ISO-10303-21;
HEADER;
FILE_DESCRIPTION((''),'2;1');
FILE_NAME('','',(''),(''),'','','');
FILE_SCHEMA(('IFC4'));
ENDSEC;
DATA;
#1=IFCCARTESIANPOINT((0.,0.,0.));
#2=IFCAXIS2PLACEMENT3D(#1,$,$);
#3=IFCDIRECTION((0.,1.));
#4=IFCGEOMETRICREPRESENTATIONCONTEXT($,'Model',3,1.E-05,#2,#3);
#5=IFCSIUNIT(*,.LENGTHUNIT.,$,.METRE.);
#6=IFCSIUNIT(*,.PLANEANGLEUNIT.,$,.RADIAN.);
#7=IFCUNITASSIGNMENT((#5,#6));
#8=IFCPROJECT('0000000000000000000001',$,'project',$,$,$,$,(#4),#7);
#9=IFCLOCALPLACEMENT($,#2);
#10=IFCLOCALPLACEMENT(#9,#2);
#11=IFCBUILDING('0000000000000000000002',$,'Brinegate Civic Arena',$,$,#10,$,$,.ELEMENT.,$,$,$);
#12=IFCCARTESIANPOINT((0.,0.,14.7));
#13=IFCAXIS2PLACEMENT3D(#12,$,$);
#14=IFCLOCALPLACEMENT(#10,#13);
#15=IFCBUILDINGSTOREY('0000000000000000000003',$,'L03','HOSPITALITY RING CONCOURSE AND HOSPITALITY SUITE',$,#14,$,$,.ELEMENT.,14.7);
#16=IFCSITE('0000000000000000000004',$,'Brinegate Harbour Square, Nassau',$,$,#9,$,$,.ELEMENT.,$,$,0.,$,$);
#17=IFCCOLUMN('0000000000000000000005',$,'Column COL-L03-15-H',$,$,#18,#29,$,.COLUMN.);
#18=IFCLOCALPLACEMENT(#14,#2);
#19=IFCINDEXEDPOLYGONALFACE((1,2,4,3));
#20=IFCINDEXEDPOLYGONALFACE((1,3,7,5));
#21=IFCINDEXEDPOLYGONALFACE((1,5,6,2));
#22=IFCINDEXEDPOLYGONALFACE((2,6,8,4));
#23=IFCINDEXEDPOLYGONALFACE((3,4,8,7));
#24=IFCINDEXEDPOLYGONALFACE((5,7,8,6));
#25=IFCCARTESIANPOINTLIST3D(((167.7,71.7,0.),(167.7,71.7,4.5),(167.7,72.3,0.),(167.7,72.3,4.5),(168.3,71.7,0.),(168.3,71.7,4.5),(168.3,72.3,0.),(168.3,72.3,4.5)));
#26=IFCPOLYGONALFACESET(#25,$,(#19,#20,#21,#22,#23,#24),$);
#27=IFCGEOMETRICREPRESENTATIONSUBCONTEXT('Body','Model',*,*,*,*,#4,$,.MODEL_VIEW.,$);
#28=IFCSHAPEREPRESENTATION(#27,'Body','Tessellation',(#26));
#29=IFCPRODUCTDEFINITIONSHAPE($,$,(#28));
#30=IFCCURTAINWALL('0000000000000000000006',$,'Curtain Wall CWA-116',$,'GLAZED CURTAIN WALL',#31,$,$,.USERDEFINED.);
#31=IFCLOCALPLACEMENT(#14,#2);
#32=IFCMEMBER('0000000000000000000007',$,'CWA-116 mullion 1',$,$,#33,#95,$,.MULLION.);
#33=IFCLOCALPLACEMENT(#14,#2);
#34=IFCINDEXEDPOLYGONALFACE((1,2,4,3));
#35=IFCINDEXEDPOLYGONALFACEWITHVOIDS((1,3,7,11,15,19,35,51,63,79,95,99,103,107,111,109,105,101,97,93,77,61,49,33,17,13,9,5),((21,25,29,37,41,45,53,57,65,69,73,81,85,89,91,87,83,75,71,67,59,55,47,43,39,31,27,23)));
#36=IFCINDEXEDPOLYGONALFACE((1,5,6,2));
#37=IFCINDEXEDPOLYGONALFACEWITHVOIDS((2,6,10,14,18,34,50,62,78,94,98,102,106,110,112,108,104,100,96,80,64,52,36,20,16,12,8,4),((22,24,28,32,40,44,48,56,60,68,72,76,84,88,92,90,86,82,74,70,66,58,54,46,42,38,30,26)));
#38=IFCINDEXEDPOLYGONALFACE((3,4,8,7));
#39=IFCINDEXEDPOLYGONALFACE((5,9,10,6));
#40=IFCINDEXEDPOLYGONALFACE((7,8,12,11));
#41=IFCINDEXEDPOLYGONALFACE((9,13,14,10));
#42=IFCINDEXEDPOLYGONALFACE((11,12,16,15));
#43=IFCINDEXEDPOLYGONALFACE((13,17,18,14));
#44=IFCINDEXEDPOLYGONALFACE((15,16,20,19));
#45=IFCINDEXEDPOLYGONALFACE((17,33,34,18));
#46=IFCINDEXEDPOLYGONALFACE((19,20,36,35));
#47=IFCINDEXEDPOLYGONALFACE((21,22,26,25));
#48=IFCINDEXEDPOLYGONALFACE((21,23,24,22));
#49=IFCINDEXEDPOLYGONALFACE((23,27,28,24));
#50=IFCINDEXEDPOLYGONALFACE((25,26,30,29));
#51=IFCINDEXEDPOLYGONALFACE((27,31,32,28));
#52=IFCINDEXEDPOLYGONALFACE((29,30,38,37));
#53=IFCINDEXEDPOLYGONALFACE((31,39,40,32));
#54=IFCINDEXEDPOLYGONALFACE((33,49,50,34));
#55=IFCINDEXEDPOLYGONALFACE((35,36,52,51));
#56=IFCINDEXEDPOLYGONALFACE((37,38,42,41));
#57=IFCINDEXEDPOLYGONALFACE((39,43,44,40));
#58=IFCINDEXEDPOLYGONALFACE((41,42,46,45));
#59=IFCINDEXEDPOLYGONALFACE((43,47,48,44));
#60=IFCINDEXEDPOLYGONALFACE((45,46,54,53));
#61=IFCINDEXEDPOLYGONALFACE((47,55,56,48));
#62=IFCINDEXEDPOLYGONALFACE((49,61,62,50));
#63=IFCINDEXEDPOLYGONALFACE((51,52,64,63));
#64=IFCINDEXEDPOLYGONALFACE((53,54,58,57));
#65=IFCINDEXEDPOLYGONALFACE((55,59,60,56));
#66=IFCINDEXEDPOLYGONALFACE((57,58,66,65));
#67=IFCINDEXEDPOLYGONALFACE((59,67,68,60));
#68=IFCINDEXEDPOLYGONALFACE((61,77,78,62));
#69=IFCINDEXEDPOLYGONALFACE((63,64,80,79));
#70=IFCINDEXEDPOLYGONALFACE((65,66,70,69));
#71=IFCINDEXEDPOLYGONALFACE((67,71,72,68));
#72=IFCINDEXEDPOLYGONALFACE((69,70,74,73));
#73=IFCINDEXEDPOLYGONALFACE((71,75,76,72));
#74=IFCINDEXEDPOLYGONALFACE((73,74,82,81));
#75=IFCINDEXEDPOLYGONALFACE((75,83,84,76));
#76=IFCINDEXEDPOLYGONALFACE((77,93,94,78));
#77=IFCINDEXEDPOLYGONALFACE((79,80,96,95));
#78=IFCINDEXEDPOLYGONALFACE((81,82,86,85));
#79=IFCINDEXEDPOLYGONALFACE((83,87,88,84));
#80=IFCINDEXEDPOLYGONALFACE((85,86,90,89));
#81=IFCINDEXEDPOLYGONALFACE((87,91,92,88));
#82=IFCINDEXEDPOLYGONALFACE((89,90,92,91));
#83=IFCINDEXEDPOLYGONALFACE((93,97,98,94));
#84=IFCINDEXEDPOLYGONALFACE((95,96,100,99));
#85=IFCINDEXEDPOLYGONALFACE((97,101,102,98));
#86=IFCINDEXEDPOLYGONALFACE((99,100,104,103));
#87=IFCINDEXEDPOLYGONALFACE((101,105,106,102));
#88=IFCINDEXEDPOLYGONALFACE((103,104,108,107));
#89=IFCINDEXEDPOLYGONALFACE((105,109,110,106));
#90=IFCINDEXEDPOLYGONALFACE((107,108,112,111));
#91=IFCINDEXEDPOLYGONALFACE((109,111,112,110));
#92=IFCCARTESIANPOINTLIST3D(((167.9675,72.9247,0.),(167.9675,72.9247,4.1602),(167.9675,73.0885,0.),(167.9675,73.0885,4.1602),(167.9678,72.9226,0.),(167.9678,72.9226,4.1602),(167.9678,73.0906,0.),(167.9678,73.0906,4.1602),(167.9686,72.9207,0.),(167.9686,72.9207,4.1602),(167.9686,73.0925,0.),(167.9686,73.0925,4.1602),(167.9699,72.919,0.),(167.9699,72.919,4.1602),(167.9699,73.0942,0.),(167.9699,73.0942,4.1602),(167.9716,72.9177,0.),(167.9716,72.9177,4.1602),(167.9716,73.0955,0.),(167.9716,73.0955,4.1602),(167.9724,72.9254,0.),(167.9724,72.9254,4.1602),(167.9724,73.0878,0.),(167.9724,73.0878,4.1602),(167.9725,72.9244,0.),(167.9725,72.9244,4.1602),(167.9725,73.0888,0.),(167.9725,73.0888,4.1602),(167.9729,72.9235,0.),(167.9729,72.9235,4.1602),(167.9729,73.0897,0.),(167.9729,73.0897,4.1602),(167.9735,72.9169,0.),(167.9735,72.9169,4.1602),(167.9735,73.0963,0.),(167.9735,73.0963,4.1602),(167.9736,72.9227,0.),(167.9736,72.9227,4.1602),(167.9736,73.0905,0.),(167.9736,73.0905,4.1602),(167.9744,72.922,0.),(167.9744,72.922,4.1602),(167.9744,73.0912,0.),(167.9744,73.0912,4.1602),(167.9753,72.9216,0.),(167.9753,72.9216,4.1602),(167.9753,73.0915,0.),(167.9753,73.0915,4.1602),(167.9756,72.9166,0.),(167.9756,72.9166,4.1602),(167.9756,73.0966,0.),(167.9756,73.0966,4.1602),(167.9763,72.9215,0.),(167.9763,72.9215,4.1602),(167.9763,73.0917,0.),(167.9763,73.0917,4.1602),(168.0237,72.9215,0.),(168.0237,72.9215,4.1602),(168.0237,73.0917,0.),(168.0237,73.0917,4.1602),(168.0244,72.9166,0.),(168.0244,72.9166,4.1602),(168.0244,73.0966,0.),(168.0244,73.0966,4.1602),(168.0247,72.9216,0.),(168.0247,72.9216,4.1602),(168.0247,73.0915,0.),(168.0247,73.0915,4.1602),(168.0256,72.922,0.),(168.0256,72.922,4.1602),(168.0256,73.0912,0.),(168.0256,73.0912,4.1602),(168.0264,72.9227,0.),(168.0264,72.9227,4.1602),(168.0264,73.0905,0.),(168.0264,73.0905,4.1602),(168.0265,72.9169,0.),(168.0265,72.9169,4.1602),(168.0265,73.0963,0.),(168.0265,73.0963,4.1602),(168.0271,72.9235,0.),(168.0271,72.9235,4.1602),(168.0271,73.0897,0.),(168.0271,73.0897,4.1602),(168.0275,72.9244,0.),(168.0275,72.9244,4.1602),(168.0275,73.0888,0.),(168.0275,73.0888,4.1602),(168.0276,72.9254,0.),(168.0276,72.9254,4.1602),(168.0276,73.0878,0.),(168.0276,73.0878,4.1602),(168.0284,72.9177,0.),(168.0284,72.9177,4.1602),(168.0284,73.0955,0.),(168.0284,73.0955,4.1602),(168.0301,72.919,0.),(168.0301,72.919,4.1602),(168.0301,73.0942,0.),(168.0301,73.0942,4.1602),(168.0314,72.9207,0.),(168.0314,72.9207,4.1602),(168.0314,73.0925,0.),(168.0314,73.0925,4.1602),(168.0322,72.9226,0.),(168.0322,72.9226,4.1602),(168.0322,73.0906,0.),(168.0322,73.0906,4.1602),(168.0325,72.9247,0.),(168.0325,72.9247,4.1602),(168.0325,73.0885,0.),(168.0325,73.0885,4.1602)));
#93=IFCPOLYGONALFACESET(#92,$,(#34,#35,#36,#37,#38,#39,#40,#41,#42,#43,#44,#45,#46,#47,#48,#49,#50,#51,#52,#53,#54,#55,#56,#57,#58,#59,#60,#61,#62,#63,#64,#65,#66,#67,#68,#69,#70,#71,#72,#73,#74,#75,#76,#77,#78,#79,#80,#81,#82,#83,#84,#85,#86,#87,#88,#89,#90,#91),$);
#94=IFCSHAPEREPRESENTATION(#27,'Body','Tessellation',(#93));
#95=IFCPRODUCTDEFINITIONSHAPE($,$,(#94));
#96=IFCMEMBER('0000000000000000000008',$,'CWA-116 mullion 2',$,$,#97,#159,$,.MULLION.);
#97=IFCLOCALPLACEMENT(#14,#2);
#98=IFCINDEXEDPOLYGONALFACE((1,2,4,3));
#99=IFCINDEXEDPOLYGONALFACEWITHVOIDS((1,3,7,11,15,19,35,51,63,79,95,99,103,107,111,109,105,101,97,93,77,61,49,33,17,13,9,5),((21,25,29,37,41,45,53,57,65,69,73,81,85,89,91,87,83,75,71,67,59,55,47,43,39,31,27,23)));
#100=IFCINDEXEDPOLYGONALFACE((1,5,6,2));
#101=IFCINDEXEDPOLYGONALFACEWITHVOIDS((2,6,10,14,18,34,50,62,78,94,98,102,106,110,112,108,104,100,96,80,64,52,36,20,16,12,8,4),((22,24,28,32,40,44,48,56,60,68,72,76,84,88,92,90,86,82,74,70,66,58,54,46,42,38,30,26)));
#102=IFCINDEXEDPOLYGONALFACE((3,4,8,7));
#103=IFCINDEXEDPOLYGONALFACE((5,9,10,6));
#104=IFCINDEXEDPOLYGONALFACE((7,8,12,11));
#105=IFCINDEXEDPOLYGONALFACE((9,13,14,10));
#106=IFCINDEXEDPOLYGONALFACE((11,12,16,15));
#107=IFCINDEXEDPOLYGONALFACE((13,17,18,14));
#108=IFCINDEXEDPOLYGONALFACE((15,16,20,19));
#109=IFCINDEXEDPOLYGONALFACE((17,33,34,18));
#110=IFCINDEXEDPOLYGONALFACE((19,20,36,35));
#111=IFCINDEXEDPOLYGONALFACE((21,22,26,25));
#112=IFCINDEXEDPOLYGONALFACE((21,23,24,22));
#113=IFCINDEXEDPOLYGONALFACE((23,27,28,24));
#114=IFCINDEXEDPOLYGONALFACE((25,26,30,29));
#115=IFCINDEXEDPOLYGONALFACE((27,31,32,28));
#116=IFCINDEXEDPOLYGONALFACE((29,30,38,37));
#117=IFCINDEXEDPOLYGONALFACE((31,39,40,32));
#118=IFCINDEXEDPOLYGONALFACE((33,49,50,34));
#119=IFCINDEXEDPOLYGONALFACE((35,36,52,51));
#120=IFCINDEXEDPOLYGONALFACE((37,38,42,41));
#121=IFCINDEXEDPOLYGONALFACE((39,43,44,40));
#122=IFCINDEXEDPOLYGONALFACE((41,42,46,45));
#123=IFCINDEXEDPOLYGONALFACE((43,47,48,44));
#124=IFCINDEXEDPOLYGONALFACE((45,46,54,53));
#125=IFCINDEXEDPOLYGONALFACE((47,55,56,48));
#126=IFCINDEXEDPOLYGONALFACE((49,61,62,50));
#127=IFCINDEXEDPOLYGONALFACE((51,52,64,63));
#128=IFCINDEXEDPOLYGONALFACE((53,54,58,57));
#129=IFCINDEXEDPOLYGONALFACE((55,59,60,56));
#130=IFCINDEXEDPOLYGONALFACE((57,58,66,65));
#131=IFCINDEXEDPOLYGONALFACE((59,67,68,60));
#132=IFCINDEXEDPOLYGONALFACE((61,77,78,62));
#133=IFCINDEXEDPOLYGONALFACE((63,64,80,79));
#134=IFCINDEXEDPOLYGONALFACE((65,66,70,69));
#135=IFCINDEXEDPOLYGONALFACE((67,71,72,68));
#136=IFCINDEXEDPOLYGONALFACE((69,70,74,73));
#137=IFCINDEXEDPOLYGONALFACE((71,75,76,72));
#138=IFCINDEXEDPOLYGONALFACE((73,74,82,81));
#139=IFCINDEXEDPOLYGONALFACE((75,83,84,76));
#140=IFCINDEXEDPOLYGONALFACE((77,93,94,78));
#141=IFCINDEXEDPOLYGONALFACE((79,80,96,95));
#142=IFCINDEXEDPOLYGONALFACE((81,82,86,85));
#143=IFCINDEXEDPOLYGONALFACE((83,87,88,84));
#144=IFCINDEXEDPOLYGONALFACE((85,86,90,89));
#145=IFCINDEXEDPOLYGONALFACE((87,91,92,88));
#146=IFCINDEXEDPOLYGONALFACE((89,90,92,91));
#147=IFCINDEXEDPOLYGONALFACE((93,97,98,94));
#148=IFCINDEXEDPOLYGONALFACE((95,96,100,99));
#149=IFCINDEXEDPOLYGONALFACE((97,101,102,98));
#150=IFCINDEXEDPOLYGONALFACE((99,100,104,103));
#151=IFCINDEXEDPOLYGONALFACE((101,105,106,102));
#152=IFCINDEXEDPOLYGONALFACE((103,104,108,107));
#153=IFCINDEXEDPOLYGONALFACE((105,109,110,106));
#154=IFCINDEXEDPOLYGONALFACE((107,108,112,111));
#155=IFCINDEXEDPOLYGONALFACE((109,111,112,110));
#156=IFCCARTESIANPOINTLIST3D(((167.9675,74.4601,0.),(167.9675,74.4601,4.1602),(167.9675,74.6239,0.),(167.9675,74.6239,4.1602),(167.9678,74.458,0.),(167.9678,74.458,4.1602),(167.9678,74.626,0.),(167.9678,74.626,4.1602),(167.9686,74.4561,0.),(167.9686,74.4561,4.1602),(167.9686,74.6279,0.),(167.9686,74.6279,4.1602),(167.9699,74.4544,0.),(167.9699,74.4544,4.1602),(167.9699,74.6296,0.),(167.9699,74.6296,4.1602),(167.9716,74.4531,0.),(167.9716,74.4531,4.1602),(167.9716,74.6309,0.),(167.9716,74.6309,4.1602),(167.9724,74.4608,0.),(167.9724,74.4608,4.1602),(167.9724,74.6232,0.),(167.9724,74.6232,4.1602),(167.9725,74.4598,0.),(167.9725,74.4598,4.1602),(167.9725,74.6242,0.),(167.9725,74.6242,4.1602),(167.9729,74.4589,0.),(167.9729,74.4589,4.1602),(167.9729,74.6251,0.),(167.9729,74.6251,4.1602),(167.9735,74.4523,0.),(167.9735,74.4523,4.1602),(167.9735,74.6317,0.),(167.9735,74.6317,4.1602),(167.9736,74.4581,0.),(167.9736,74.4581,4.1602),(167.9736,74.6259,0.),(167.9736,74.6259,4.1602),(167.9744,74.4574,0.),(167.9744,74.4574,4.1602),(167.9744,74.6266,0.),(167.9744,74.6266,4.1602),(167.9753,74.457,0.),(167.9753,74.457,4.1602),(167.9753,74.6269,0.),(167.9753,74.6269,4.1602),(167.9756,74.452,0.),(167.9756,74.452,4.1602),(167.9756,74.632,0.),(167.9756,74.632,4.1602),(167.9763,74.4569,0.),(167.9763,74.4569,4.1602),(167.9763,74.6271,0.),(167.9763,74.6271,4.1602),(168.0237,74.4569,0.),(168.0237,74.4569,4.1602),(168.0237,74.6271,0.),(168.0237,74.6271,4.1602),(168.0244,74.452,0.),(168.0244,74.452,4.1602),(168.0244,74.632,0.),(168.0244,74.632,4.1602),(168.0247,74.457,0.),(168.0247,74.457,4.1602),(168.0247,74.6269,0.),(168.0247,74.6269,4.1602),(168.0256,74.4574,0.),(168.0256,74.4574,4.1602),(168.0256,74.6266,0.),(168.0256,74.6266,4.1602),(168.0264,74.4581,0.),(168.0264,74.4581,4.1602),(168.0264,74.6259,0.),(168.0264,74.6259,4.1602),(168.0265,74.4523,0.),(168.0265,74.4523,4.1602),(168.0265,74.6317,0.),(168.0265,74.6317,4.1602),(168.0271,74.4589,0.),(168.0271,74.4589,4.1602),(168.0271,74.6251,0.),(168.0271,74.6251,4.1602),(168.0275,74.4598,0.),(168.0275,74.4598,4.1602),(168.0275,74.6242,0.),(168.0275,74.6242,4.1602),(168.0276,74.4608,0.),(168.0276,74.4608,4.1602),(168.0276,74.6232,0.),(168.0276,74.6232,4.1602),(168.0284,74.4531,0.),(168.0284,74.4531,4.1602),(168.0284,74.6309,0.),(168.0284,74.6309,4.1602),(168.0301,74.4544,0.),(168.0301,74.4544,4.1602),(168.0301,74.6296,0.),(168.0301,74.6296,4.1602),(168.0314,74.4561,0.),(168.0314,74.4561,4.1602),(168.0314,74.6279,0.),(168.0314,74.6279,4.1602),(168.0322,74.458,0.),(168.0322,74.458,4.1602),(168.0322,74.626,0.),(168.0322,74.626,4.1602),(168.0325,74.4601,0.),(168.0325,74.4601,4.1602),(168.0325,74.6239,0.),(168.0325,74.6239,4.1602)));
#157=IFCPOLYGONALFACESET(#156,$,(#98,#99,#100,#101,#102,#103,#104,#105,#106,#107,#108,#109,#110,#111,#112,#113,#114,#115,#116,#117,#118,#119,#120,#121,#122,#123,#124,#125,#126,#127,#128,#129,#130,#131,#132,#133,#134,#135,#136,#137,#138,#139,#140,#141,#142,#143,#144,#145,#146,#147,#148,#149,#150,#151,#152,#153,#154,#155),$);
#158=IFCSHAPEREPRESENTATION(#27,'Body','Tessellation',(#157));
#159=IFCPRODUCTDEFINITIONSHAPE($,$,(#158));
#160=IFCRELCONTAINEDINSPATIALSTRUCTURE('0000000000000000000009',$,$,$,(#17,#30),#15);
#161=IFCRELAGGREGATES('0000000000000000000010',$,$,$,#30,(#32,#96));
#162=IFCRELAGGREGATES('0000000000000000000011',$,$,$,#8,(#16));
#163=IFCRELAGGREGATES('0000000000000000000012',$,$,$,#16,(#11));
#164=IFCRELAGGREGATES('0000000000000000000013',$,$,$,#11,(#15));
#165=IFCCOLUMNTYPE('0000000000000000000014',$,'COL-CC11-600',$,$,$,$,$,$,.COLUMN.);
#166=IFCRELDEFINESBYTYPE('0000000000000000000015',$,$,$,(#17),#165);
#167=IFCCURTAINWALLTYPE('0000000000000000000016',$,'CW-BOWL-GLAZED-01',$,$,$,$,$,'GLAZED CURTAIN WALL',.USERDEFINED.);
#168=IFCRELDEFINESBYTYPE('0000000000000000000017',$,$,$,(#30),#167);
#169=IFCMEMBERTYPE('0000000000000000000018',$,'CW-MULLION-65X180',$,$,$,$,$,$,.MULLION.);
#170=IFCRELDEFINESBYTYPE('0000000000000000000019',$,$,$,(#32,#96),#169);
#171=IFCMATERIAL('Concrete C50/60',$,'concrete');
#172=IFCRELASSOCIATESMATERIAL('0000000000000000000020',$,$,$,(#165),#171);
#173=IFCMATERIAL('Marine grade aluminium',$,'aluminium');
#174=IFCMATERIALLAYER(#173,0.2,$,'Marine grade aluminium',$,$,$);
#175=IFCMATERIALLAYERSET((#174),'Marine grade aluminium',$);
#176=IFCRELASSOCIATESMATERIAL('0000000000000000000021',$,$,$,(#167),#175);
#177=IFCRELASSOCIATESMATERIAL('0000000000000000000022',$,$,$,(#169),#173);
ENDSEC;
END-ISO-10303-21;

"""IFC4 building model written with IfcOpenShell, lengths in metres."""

from ifc_helpers import new_model, si_unit, direction, frame, origin, origin_2d, place, context, subcontext, project, spatial, rectangle, hollow_rectangle, extrude, material, layer, layer_set, material_profile, profile_set, type_object, element, aggregate, save


model = new_model("IFC4")

# Units and contexts
model_context = context("Model", 3, precision=1e-05, world=origin(), true_north=direction((0.0, 1.0)))
body_context = subcontext(model_context, "Body", "Model", "MODEL_VIEW")
ifc_project = project(units=[si_unit("LENGTHUNIT", "METRE"), si_unit("PLANEANGLEUNIT", "RADIAN")], contexts=[model_context])

# Site, building, storey
site_placement = place(None, origin())
site = spatial("IfcSite", under=ifc_project, at=site_placement, Name="Brinegate Harbour Square, Nassau", CompositionType="ELEMENT", RefElevation=0.0)
building_placement = place(site_placement, origin())
building = spatial("IfcBuilding", under=site, at=building_placement, Name="Brinegate Civic Arena", CompositionType="ELEMENT")
storey_placement = place(building_placement, frame((0.0, 0.0, 14.7)))
storey = spatial("IfcBuildingStorey", under=building, at=storey_placement, Name="L03", Description="HOSPITALITY RING CONCOURSE AND HOSPITALITY SUITE", CompositionType="ELEMENT", Elevation=14.7)

# Column
ifc_material_1 = material(Name="Concrete C50/60", Category="concrete")
ifc_material_profile_1 = material_profile(ifc_material_1, rectangle(XDim=0.6001, YDim=0.6001, at=origin_2d()), Name="RC600X600")
ifc_profile_set_1 = profile_set([ifc_material_profile_1], Name="Concrete C50/60")
column_type = type_object("IfcColumnType", Name="COL-CC11-600", PredefinedType="COLUMN", material=ifc_profile_set_1)
column_placement = place(storey_placement, frame((168.0, 72.0, 0.0), z_axis=(0.0, 0.0, 1.0), x_axis=(1.0, 0.0, 0.0)))
element("IfcColumn", 1, at=column_placement, inside=storey, type_object=column_type, Name="Column COL-L03-15-H", PredefinedType="COLUMN", context=body_context, shape_type="SweptSolid", body=[
    extrude(rectangle(XDim=0.6001, YDim=0.6001, at=origin_2d()), origin(), (0.0, 0.0, 1.0), 4.5),
])

# Curtain wall, members
ifc_material_2 = material(Name="Marine grade aluminium", Category="aluminium")
ifc_layer_1 = layer(ifc_material_2, 0.2, Name="Marine grade aluminium")
ifc_layer_set_1 = layer_set([ifc_layer_1], Name="Marine grade aluminium")
curtain_wall_type = type_object("IfcCurtainWallType", Name="CW-BOWL-GLAZED-01", ElementType="GLAZED CURTAIN WALL", PredefinedType="USERDEFINED", material=ifc_layer_set_1)
curtain_wall_1_placement = place(storey_placement, origin())
curtain_wall_1 = element("IfcCurtainWall", 2, at=curtain_wall_1_placement, inside=storey, type_object=curtain_wall_type, Name="Curtain Wall CWA-116", ObjectType="GLAZED CURTAIN WALL", PredefinedType="USERDEFINED")
ifc_material_profile_2 = material_profile(ifc_material_2, hollow_rectangle(XDim=0.0649, YDim=0.1799, WallThickness=0.0049, InnerFilletRadius=0.0039, OuterFilletRadius=0.0081, at=origin_2d()), Name="MUL65X180")
ifc_profile_set_2 = profile_set([ifc_material_profile_2], Name="Marine grade aluminium")
member_type_1 = type_object("IfcMemberType", Name="CW-MULLION-65X180", PredefinedType="MULLION", material=ifc_profile_set_2)
member_1_placement = place(storey_placement, frame((168.0, 73.0066, 0.0), z_axis=(0.0, 0.0, 1.0), x_axis=(-1.0, 0.0, 0.0)))
member_1 = element("IfcMember", 3, at=member_1_placement, type_object=member_type_1, Name="CWA-116 mullion 1", PredefinedType="MULLION", context=body_context, shape_type="SweptSolid", body=[
    extrude(hollow_rectangle(XDim=0.0649, YDim=0.1799, WallThickness=0.0049, InnerFilletRadius=0.0039, OuterFilletRadius=0.0081, at=origin_2d()), origin(), (0.0, 0.0, 1.0), 4.1602),
])
member_2_placement = place(storey_placement, frame((168.0, 74.542, 0.0), z_axis=(0.0, 0.0, 1.0), x_axis=(-1.0, 0.0, 0.0)))
member_2 = element("IfcMember", 4, at=member_2_placement, type_object=member_type_1, Name="CWA-116 mullion 2", PredefinedType="MULLION", context=body_context, shape_type="SweptSolid", body=[
    extrude(hollow_rectangle(XDim=0.0649, YDim=0.1799, WallThickness=0.0049, InnerFilletRadius=0.0039, OuterFilletRadius=0.0081, at=origin_2d()), origin(), (0.0, 0.0, 1.0), 4.1602),
])

aggregate(curtain_wall_1, [member_1, member_2])

save(model, "model.ifc")
